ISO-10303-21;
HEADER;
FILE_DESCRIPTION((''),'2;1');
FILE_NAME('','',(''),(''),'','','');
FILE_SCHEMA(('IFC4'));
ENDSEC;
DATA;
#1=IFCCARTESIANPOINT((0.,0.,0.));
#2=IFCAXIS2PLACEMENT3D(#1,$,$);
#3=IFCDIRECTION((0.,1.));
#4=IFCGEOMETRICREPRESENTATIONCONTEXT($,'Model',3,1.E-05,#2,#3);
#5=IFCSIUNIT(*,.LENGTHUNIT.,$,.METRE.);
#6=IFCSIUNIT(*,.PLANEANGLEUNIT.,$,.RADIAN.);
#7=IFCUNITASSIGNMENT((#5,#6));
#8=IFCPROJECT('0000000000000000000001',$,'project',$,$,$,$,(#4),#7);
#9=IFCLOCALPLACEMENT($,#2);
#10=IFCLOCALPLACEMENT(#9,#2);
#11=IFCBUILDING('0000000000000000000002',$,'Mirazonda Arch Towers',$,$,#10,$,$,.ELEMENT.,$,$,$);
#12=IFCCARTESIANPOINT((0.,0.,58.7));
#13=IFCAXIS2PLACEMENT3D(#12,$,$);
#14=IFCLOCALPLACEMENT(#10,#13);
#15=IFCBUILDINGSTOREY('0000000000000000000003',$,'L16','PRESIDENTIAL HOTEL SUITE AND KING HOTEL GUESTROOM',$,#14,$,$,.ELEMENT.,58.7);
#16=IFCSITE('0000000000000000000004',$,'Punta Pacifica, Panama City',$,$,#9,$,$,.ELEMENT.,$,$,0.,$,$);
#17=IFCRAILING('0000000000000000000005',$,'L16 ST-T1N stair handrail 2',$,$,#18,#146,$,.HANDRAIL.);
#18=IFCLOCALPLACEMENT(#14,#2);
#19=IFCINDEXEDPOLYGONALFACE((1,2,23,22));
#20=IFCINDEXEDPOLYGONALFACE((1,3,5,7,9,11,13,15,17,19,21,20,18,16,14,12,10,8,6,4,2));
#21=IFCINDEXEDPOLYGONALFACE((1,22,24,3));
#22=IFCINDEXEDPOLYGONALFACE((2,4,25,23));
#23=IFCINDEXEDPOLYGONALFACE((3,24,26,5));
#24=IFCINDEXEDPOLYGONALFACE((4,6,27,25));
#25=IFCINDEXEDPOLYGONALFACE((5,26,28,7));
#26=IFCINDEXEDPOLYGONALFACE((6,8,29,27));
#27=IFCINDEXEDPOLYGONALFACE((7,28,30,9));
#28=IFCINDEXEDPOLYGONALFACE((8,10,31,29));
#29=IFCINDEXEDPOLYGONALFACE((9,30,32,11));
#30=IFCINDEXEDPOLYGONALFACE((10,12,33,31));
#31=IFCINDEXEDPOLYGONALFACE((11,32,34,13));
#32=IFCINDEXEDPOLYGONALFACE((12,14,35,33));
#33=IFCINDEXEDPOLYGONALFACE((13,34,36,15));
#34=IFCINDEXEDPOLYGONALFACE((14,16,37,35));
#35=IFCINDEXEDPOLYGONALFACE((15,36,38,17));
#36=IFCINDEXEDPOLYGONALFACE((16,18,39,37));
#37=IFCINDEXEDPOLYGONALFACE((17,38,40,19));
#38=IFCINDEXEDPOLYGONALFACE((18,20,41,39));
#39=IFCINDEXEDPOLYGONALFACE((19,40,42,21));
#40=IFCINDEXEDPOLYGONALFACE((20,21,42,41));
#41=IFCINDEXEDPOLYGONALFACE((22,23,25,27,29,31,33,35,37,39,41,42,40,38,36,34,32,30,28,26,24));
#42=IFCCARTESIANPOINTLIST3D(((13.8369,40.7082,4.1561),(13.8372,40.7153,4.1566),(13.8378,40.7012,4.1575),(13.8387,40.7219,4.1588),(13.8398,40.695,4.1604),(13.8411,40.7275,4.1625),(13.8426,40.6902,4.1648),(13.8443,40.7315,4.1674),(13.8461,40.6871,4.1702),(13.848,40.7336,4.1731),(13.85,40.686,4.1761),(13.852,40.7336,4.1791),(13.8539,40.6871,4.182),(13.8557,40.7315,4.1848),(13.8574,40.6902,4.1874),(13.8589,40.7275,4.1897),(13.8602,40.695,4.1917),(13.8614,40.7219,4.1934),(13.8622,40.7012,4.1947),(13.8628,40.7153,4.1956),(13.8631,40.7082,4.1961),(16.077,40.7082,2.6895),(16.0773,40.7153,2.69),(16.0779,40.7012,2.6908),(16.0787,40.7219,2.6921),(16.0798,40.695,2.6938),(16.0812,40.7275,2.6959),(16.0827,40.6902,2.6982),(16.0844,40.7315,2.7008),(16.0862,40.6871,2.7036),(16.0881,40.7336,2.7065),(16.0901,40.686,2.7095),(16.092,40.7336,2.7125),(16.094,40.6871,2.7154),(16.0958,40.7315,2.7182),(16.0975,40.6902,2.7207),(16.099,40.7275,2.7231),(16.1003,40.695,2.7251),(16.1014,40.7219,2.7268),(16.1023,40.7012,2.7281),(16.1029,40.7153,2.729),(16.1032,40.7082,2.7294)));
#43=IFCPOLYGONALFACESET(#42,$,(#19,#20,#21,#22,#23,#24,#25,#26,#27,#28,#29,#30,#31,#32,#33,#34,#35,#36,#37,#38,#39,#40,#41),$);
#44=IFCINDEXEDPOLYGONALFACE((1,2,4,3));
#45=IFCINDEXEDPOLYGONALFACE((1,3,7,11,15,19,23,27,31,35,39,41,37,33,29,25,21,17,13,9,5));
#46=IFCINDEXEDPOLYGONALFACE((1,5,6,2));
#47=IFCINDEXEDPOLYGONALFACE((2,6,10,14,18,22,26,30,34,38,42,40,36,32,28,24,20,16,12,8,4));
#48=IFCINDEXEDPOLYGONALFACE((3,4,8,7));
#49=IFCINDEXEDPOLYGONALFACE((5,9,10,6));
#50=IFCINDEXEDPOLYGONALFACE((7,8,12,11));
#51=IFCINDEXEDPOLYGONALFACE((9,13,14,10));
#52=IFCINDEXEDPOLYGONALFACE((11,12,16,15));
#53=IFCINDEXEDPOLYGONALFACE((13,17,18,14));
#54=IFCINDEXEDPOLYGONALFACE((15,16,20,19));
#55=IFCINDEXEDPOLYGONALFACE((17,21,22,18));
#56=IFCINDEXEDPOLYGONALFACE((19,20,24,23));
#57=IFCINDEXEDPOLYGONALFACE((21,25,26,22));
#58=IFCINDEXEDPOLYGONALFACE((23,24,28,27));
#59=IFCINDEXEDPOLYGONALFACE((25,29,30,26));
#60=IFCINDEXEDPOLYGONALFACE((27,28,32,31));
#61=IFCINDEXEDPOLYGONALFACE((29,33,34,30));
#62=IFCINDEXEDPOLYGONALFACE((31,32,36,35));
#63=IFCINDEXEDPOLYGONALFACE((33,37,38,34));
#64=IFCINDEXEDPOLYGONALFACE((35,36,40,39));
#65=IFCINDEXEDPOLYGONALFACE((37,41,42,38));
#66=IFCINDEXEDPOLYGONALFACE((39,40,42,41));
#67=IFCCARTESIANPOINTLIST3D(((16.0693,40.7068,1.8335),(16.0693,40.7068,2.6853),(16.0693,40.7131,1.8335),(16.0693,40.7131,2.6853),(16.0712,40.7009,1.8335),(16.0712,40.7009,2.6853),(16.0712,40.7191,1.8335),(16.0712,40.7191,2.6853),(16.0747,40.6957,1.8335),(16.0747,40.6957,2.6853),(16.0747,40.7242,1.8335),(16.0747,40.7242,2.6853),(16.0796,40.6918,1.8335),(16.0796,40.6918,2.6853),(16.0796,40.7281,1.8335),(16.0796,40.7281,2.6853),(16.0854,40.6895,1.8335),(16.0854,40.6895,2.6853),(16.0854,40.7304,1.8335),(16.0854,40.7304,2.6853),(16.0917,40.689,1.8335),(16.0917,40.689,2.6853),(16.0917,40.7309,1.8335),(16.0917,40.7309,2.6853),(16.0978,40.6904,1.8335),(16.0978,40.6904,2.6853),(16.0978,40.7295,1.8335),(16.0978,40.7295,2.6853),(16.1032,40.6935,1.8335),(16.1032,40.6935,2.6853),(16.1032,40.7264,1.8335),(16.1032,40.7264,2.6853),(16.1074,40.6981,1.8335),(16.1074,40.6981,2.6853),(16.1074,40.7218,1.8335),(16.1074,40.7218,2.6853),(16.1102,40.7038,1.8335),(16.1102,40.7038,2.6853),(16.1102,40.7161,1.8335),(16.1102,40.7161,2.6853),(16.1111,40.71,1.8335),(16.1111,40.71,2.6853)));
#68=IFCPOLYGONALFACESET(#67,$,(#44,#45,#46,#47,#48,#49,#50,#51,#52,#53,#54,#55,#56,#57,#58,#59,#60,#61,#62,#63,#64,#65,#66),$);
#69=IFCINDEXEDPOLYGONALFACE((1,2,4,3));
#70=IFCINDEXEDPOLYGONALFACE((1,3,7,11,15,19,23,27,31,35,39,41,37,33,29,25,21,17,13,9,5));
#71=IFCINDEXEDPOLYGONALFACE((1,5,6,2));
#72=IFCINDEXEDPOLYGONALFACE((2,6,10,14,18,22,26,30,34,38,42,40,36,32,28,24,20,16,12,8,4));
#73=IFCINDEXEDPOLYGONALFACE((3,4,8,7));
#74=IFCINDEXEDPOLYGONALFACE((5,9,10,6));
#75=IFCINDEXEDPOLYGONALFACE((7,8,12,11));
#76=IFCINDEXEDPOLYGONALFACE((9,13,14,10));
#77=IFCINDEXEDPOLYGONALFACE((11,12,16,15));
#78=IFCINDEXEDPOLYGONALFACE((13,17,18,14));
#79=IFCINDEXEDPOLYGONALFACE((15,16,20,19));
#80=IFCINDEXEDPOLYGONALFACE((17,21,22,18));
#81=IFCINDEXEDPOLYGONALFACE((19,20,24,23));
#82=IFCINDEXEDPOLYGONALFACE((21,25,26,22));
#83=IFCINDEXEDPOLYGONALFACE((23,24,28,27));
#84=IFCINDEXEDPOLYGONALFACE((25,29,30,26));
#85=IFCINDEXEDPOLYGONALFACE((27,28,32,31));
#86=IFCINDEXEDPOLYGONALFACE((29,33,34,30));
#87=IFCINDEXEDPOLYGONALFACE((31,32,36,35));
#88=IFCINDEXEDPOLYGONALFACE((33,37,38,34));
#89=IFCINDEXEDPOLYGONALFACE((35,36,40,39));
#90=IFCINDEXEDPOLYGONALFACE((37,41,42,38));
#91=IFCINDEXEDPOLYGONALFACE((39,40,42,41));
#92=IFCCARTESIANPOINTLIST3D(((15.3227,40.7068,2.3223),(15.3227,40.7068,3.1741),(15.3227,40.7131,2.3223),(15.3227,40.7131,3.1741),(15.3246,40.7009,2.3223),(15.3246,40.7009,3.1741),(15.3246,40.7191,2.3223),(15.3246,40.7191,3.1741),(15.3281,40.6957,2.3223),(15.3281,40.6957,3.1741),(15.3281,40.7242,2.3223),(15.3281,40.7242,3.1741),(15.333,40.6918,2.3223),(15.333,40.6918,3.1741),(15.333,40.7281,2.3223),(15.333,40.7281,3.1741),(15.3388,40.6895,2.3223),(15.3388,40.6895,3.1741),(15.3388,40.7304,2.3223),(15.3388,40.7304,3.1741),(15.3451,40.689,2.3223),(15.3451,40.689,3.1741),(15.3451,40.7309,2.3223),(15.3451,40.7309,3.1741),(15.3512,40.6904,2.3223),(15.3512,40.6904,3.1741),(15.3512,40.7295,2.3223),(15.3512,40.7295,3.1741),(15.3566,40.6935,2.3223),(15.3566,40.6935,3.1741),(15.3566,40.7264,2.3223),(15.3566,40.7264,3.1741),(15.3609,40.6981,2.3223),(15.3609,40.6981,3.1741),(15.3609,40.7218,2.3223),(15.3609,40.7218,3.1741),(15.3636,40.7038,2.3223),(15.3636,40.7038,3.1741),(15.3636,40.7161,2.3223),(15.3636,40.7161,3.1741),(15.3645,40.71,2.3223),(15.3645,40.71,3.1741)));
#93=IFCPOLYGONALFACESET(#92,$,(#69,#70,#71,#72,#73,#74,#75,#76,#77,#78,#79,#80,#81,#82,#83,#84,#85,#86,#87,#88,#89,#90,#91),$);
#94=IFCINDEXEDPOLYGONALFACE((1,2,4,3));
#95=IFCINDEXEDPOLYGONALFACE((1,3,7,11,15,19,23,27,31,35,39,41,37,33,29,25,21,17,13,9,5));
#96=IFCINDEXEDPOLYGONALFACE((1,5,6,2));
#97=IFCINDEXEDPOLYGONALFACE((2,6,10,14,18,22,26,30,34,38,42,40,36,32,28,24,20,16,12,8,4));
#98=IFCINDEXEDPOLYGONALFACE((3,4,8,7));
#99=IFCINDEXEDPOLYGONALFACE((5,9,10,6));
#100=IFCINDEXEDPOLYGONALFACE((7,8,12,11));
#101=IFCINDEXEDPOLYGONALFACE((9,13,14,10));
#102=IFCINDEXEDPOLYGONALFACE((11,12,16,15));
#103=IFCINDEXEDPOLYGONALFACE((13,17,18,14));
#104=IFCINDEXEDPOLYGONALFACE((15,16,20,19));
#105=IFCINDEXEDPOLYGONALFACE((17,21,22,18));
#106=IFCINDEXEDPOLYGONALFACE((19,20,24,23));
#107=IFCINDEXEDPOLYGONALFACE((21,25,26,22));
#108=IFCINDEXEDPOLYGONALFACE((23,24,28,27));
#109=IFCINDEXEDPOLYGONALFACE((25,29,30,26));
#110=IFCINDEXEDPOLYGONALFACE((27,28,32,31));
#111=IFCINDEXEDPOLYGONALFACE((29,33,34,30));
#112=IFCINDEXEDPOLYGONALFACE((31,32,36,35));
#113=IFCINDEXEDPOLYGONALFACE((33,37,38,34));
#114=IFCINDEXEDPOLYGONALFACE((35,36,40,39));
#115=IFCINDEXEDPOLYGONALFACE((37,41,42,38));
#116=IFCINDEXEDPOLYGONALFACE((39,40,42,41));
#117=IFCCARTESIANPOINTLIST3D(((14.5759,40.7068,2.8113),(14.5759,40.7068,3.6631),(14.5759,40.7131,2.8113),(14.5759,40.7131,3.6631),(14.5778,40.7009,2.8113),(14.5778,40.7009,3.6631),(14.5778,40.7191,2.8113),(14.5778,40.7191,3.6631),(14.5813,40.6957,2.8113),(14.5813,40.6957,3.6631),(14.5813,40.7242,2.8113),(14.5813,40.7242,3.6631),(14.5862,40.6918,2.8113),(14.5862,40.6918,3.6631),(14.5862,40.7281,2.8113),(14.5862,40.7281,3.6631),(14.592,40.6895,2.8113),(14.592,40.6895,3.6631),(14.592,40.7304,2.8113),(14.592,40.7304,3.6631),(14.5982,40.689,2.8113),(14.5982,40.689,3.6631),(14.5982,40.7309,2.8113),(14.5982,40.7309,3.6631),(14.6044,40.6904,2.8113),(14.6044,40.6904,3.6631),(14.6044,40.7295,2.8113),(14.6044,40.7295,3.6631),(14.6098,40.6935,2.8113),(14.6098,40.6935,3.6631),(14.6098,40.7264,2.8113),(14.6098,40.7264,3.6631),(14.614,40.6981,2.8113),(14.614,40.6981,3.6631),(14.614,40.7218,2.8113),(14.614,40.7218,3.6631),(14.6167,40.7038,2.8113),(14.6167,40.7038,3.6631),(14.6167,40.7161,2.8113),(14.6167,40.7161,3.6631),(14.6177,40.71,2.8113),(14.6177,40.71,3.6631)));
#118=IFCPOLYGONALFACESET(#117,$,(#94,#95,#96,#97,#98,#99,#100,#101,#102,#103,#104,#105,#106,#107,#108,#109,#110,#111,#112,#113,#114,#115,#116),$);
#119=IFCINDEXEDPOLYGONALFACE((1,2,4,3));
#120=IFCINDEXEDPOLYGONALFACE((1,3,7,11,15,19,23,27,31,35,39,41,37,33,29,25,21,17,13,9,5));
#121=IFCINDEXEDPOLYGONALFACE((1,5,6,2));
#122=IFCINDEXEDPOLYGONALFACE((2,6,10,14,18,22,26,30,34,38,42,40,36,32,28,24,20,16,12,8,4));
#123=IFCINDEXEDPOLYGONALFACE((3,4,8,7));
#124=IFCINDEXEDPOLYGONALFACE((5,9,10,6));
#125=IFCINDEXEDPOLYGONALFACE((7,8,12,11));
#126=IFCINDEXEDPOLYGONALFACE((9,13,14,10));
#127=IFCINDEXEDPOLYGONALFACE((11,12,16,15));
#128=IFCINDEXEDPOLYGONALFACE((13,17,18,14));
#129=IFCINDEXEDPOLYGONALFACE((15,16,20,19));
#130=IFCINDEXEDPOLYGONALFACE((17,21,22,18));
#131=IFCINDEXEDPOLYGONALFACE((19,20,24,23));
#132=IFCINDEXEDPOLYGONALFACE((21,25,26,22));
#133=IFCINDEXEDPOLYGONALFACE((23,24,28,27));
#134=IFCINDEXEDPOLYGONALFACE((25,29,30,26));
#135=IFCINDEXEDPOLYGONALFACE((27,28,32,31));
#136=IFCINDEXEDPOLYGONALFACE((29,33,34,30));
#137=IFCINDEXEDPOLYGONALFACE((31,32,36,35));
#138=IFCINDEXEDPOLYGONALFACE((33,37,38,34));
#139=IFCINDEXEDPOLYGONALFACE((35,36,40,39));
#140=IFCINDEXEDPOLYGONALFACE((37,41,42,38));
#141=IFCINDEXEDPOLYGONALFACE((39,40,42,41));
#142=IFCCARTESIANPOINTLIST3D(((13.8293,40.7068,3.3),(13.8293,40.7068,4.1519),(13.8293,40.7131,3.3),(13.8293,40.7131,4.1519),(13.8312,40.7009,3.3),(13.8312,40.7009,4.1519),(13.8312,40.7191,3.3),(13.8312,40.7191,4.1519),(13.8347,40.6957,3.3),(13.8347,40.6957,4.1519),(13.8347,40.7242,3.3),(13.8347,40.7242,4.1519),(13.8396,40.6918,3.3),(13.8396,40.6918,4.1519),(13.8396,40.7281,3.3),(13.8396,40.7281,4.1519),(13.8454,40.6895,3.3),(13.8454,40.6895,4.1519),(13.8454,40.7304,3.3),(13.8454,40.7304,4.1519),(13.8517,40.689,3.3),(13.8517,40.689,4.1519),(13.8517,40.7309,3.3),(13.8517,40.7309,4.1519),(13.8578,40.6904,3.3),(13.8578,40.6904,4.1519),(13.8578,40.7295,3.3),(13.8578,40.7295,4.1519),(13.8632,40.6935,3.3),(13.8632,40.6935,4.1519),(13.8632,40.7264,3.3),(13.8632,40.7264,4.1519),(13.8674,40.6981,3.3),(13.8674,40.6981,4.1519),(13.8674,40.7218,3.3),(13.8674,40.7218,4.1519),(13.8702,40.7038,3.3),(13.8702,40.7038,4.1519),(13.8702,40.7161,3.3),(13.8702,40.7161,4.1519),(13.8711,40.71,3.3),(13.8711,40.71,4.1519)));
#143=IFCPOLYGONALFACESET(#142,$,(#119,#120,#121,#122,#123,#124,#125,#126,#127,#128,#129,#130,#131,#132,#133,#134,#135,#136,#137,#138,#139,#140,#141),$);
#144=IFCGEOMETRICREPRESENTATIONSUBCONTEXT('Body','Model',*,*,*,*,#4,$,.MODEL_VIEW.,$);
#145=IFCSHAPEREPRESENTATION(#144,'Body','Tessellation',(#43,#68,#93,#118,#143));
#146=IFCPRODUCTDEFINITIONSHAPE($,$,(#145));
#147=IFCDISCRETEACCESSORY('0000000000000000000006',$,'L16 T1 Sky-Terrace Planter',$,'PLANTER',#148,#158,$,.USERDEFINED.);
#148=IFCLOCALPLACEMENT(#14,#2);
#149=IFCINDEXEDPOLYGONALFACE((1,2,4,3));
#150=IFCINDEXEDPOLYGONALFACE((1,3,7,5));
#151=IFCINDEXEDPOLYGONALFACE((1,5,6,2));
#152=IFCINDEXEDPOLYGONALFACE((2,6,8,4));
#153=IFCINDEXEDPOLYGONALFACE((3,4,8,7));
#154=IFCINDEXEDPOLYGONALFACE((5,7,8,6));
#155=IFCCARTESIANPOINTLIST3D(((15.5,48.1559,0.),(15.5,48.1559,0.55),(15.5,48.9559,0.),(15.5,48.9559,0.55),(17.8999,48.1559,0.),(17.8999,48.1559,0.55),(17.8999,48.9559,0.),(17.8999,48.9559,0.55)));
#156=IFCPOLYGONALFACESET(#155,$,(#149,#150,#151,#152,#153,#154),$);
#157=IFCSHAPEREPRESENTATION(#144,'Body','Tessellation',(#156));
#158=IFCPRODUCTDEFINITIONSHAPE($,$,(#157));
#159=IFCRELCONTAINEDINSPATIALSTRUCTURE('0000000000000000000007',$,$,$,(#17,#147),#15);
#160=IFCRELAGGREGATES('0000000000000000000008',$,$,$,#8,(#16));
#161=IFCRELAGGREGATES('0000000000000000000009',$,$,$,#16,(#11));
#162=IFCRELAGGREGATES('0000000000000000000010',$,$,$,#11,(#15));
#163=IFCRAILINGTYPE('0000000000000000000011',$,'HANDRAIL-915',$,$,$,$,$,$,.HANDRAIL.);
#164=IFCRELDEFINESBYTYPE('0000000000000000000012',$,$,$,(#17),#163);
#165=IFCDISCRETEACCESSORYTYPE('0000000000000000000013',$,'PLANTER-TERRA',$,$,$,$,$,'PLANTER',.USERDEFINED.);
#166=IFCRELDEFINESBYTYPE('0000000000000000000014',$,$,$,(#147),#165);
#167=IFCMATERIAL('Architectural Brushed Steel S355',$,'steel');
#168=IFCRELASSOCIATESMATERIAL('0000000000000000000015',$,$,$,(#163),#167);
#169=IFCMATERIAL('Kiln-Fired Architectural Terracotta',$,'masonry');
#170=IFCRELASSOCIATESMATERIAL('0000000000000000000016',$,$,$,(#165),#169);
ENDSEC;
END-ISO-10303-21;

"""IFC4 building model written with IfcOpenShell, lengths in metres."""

from ifc_helpers import new_model, si_unit, direction, frame, origin, origin_2d, place, context, subcontext, project, spatial, rectangle, circle, extrude, material, type_object, element, save


model = new_model("IFC4")

# Units and contexts
model_context = context("Model", 3, precision=1e-05, world=origin(), true_north=direction((0.0, 1.0)))
body_context = subcontext(model_context, "Body", "Model", "MODEL_VIEW")
ifc_project = project(units=[si_unit("LENGTHUNIT", "METRE"), si_unit("PLANEANGLEUNIT", "RADIAN")], contexts=[model_context])

# Site, building, storey
site_placement = place(None, origin())
site = spatial("IfcSite", under=ifc_project, at=site_placement, Name="Punta Pacifica, Panama City", CompositionType="ELEMENT", RefElevation=0.0)
building_placement = place(site_placement, origin())
building = spatial("IfcBuilding", under=site, at=building_placement, Name="Mirazonda Arch Towers", CompositionType="ELEMENT")
storey_placement = place(building_placement, frame((0.0, 0.0, 58.7)))
storey = spatial("IfcBuildingStorey", under=building, at=storey_placement, Name="L16", Description="PRESIDENTIAL HOTEL SUITE AND KING HOTEL GUESTROOM", CompositionType="ELEMENT", Elevation=58.7)

# Shared definitions
ifc_material_1 = material(Name="Architectural Brushed Steel S355", Category="steel")

# Shared definitions
ifc_material_2 = material(Name="Kiln-Fired Architectural Terracotta", Category="masonry")

# Railing
railing_type_1 = type_object("IfcRailingType", Name="HANDRAIL-915", PredefinedType="HANDRAIL", material=ifc_material_1)
railing_1_placement = place(storey_placement, frame((16.0901, 40.71, 1.8335)))
element("IfcRailing", 1, at=railing_1_placement, inside=storey, type_object=railing_type_1, Name="L16 ST-T1N stair handrail 2", PredefinedType="HANDRAIL", context=body_context, shape_type="SweptSolid", body=[
    extrude(circle(Radius=0.0239, at=origin_2d()), frame((0.0, 0.0, 0.876), z_axis=(-0.836637, 0.0, 0.547758), x_axis=(0.0, -1.0, 0.0)), (0.0, 0.0, 1.0), 2.6775),
    extrude(circle(Radius=0.021, at=origin_2d()), origin(), (0.0, 0.0, 1.0), 0.8518),
    extrude(circle(Radius=0.021, at=origin_2d()), frame((-0.7466, 0.0, 0.4888)), (0.0, 0.0, 1.0), 0.8518),
    extrude(circle(Radius=0.021, at=origin_2d()), frame((-1.4934, 0.0, 0.9778)), (0.0, 0.0, 1.0), 0.8518),
    extrude(circle(Radius=0.021, at=origin_2d()), frame((-2.24, 0.0, 1.4666)), (0.0, 0.0, 1.0), 0.8518),
])

# Discrete accessory
discrete_accessory_type = type_object("IfcDiscreteAccessoryType", Name="PLANTER-TERRA", ElementType="PLANTER", PredefinedType="USERDEFINED", material=ifc_material_2)
discrete_accessory_placement = place(storey_placement, frame((16.7, 48.5559, 0.0), z_axis=(0.0, 0.0, 1.0), x_axis=(1.0, 0.0, 0.0)))
element("IfcDiscreteAccessory", 2, at=discrete_accessory_placement, inside=storey, type_object=discrete_accessory_type, Name="L16 T1 Sky-Terrace Planter", ObjectType="PLANTER", PredefinedType="USERDEFINED", context=body_context, shape_type="SweptSolid", body=[
    extrude(rectangle(XDim=2.3999, YDim=0.8, at=origin_2d()), origin(), (0.0, 0.0, 1.0), 0.55),
])

save(model, "model.ifc")
